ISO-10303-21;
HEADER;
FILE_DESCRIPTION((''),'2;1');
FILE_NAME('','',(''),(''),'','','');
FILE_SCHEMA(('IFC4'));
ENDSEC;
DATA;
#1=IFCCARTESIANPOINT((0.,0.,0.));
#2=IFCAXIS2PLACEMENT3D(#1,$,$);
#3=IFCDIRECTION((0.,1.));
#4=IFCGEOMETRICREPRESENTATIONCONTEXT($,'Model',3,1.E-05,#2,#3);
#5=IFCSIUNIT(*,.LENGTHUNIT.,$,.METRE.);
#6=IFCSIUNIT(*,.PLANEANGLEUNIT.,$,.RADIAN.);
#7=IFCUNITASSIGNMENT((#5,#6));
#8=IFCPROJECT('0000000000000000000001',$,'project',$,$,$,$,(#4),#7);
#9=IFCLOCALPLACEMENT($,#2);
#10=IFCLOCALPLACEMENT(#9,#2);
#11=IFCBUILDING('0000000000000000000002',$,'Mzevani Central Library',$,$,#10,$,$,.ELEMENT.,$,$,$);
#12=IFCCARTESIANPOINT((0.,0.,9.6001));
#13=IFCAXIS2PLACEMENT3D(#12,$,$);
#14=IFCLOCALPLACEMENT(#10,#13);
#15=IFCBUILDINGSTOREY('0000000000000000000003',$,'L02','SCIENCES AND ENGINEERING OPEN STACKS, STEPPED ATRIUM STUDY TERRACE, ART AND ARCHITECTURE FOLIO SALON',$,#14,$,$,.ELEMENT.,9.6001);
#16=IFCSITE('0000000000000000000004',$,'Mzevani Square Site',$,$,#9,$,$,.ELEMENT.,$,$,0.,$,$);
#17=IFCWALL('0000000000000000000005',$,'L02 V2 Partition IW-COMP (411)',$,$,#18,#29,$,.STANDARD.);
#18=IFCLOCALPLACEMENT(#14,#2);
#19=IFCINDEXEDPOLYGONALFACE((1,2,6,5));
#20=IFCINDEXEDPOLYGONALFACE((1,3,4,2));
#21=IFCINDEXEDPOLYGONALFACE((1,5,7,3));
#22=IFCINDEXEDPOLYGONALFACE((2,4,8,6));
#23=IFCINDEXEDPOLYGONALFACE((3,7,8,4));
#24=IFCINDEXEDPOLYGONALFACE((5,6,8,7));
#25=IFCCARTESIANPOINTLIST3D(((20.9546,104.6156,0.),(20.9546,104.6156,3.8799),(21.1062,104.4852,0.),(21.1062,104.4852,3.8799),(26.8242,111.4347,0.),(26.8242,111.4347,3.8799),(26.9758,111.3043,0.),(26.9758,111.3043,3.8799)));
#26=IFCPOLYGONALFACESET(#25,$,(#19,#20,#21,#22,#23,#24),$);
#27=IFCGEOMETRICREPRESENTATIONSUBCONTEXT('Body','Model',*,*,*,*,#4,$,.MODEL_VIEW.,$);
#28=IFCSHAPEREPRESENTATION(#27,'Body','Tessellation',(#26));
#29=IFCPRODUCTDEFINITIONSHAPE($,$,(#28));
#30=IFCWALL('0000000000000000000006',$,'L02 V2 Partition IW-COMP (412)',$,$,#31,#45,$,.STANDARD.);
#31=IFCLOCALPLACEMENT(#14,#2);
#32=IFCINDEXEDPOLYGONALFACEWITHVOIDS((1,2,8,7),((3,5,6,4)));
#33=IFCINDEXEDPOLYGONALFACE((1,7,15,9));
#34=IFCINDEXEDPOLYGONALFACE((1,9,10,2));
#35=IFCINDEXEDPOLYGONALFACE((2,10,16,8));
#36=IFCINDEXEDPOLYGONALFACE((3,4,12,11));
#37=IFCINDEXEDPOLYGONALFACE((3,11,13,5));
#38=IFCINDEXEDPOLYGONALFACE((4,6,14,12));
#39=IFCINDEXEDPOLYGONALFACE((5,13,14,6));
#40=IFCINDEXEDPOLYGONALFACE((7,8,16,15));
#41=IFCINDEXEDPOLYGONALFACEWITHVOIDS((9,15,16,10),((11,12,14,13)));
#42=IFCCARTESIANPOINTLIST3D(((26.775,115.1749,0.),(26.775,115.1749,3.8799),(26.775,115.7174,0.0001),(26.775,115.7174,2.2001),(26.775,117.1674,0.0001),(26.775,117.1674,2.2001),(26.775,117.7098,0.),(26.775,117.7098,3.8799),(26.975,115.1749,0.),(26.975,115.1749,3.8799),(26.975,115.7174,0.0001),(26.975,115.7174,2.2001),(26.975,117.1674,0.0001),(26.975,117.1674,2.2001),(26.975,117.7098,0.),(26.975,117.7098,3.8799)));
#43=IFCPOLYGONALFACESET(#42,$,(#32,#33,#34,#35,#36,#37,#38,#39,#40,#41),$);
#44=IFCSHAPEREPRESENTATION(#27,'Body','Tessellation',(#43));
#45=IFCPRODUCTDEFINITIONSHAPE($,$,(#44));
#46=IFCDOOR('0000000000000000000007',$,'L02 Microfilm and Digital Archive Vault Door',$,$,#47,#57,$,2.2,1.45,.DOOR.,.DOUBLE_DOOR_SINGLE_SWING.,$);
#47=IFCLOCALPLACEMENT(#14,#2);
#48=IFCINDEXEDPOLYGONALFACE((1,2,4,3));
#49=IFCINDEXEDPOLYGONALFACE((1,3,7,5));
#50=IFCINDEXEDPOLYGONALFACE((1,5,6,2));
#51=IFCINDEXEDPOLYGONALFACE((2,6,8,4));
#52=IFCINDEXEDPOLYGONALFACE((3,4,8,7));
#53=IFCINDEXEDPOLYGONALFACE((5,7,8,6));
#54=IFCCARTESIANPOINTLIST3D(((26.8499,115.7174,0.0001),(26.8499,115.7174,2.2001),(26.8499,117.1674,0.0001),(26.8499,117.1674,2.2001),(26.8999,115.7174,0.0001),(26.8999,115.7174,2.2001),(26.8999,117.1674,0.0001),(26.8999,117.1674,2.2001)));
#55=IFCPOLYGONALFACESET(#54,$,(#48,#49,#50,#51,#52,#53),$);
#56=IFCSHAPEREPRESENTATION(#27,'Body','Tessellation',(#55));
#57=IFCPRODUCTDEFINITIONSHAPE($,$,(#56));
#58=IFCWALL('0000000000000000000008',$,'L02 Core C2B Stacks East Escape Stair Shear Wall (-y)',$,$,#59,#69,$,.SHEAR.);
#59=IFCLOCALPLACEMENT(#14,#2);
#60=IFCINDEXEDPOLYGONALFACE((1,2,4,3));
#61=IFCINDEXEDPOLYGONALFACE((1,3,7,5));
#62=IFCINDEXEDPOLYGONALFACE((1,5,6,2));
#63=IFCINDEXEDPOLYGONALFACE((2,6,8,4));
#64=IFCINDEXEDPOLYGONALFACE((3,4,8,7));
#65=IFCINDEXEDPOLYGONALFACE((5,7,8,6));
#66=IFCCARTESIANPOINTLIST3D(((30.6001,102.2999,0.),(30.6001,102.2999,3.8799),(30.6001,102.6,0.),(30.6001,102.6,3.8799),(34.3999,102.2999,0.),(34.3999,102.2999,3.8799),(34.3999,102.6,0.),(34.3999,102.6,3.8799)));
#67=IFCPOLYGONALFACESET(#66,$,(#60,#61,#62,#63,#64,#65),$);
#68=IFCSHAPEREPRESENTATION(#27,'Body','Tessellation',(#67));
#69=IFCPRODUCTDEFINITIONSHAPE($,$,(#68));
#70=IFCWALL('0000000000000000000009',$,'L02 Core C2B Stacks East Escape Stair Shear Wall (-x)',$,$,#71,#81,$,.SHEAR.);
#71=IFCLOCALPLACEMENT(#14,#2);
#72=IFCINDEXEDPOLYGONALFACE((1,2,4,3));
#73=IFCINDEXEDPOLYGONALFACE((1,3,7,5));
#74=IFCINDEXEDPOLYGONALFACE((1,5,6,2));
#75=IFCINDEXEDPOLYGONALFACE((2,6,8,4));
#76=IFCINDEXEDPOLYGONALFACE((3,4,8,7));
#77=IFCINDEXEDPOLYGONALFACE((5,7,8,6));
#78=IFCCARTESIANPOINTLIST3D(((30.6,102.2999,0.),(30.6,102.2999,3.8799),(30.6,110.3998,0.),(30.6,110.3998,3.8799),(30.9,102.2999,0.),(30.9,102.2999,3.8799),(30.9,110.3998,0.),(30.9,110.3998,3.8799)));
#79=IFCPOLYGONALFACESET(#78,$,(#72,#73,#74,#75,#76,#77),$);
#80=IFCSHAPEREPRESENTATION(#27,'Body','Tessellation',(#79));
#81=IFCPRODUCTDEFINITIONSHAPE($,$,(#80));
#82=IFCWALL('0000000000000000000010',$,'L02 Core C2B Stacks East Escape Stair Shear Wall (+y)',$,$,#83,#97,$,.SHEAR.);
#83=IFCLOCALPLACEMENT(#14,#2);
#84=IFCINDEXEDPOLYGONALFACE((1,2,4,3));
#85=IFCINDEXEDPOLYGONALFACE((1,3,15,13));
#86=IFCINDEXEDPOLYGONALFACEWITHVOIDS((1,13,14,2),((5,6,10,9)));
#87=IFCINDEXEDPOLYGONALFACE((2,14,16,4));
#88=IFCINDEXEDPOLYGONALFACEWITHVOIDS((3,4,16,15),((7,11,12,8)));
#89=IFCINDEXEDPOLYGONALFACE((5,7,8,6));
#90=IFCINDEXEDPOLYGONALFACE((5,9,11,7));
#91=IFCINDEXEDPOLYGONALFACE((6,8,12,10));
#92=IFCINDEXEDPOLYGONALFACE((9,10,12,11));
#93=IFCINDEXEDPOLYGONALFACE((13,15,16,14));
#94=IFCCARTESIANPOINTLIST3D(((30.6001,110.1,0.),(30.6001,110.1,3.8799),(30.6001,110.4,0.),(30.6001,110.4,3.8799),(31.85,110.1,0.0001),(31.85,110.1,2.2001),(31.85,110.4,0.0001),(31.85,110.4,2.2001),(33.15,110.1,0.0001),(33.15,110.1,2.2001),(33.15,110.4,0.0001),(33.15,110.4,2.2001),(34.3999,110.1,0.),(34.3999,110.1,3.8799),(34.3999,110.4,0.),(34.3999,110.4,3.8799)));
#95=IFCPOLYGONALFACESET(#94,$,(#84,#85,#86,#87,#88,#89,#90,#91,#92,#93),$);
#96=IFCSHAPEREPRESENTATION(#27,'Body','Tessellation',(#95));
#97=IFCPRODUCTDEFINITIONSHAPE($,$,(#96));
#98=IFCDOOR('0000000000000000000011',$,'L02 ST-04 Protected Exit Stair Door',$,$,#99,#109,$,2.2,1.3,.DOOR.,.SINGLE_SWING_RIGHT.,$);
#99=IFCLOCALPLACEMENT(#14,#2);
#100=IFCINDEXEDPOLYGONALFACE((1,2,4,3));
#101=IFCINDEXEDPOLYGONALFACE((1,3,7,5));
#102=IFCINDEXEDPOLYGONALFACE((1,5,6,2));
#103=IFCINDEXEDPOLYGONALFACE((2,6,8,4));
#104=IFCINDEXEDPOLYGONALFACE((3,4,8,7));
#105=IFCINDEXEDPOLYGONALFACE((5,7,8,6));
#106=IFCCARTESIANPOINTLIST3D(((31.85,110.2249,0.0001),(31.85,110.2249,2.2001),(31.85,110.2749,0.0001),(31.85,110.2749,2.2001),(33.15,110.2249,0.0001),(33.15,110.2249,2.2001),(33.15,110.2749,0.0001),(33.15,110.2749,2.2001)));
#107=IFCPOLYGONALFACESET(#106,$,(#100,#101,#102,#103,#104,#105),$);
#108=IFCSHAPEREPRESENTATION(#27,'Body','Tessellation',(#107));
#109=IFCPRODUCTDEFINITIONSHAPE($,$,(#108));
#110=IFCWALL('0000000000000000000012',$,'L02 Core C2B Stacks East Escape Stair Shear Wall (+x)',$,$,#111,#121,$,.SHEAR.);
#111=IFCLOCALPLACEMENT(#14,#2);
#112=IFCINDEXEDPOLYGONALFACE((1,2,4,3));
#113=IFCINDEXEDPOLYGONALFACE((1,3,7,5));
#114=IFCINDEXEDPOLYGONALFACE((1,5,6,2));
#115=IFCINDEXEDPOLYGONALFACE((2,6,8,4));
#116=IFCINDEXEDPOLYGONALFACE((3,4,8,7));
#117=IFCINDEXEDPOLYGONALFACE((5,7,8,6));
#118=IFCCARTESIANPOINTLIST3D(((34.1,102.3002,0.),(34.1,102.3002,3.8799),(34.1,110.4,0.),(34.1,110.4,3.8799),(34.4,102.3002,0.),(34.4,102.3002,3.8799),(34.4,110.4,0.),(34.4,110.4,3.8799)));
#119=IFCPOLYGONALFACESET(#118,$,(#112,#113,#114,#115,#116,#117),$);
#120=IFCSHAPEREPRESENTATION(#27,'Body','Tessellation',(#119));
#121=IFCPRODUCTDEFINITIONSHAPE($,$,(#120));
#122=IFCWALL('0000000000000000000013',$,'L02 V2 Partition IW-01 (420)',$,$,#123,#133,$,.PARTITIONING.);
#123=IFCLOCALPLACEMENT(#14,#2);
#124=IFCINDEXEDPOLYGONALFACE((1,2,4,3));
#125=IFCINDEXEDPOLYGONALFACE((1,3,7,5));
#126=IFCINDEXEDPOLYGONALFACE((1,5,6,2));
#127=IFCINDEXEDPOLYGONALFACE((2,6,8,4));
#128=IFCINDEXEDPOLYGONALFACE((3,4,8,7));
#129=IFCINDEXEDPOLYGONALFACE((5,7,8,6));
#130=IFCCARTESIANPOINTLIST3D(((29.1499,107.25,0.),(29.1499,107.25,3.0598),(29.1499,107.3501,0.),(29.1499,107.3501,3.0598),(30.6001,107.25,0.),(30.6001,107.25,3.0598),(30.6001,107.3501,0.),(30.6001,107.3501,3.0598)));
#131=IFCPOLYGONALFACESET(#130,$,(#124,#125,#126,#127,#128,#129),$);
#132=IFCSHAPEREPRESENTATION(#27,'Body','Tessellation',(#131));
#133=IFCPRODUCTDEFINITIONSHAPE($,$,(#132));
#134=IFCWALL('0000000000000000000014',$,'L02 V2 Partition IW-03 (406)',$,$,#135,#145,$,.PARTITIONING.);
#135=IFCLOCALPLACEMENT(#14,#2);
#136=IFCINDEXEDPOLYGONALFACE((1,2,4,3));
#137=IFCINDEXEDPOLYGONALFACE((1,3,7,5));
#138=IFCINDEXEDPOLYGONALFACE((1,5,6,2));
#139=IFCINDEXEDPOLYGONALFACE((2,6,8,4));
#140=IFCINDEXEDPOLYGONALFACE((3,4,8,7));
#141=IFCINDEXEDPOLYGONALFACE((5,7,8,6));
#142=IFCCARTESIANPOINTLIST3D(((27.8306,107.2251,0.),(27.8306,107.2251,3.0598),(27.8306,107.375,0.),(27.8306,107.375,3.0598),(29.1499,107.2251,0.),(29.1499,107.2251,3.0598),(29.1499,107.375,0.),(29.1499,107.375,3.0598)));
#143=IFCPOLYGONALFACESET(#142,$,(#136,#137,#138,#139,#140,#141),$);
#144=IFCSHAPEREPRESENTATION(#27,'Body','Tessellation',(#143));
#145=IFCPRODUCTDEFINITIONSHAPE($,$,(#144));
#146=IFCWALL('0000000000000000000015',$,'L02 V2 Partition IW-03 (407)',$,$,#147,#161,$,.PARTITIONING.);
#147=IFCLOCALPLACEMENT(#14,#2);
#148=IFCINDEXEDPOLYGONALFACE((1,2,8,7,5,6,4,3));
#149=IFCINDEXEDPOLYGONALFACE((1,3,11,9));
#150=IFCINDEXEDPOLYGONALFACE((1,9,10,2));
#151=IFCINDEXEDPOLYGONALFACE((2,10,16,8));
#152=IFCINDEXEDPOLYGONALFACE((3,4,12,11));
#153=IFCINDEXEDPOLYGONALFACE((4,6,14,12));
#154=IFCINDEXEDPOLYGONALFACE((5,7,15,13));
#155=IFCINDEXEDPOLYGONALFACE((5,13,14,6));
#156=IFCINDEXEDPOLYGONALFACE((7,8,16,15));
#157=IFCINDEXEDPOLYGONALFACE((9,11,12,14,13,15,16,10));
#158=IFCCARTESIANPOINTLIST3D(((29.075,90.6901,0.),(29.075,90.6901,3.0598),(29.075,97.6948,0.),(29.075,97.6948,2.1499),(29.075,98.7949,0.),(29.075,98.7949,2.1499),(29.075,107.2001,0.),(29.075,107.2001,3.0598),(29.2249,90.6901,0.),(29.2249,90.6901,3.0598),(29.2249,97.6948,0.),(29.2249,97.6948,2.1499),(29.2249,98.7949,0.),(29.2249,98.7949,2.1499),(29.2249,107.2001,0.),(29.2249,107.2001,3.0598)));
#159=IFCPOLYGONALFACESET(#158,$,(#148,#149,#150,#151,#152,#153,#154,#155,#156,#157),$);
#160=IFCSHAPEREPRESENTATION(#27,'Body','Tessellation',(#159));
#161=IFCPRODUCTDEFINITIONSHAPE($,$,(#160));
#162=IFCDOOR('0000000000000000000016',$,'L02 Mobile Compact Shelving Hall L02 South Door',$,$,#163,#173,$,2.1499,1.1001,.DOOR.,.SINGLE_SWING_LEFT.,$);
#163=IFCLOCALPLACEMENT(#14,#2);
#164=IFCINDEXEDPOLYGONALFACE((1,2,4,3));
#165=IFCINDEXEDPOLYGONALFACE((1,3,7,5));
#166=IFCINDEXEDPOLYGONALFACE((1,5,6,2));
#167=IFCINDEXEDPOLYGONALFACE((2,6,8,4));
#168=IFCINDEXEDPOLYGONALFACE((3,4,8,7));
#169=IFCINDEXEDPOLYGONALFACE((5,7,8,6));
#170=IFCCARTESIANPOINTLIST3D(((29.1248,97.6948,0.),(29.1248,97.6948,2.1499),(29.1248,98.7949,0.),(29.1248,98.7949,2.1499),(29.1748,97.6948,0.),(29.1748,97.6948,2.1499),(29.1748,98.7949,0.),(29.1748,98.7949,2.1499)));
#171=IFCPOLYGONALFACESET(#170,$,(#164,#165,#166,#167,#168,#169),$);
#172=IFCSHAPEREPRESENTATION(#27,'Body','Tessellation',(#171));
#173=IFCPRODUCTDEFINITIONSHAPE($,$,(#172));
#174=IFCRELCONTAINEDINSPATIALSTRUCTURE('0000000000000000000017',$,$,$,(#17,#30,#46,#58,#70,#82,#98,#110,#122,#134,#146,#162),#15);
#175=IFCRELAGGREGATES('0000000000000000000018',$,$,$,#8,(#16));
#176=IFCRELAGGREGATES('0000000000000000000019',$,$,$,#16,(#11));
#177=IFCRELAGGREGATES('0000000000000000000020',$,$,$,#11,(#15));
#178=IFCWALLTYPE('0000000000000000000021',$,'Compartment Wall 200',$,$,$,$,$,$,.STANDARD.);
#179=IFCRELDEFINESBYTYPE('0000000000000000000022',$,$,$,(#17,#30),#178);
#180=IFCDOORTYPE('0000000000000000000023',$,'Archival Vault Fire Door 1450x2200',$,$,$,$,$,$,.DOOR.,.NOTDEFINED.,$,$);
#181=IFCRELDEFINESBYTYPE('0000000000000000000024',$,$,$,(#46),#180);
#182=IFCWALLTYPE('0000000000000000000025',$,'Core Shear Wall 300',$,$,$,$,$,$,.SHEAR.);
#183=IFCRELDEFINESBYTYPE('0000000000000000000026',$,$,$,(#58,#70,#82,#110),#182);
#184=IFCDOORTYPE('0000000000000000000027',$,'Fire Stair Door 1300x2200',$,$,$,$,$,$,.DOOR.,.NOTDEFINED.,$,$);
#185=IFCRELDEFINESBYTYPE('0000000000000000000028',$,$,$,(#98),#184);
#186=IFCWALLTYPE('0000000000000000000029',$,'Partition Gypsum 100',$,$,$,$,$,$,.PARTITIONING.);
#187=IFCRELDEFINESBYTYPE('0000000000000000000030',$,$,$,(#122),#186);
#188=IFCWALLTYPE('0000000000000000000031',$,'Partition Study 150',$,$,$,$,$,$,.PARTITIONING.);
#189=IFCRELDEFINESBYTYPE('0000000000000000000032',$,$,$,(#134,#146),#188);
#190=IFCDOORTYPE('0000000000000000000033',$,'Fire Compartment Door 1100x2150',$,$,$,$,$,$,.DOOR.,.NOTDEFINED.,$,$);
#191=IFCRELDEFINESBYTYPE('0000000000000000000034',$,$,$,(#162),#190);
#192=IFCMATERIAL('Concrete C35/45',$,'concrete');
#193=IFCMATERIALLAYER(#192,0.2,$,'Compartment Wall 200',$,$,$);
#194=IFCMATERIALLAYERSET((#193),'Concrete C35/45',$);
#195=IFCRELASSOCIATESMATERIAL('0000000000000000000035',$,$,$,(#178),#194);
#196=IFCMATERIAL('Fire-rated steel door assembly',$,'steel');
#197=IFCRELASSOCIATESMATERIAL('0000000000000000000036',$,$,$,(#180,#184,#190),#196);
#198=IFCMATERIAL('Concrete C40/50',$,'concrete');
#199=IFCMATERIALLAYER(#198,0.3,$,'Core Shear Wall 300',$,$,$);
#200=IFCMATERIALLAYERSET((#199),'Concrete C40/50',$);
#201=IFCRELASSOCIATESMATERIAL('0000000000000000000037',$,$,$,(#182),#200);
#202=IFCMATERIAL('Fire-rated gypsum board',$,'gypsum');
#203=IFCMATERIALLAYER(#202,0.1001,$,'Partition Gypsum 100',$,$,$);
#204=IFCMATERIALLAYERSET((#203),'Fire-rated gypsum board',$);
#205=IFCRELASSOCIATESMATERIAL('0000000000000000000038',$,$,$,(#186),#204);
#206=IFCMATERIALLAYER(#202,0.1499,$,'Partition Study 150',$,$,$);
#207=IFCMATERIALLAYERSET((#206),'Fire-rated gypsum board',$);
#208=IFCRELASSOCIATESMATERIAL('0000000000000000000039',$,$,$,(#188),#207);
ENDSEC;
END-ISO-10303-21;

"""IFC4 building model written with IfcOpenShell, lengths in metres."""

from ifc_helpers import new_model, si_unit, direction, frame, frame_2d, origin, place, context, subcontext, project, spatial, rectangle, extrude, material, layer, layer_set, type_object, element, fill, save


model = new_model("IFC4")

# Units and contexts
model_context = context("Model", 3, precision=1e-05, world=origin(), true_north=direction((0.0, 1.0)))
body_context = subcontext(model_context, "Body", "Model", "MODEL_VIEW")
ifc_project = project(units=[si_unit("LENGTHUNIT", "METRE"), si_unit("PLANEANGLEUNIT", "RADIAN")], contexts=[model_context])

# Site, building, storey
site_placement = place(None, origin())
site = spatial("IfcSite", under=ifc_project, at=site_placement, Name="Mzevani Square Site", CompositionType="ELEMENT", RefElevation=0.0)
building_placement = place(site_placement, origin())
building = spatial("IfcBuilding", under=site, at=building_placement, Name="Mzevani Central Library", CompositionType="ELEMENT")
storey_placement = place(building_placement, frame((0.0, 0.0, 9.6001)))
storey = spatial("IfcBuildingStorey", under=building, at=storey_placement, Name="L02", Description="SCIENCES AND ENGINEERING OPEN STACKS, STEPPED ATRIUM STUDY TERRACE, ART AND ARCHITECTURE FOLIO SALON", CompositionType="ELEMENT", Elevation=9.6001)

# Shared definitions
ifc_material_1 = material(Name="Concrete C40/50", Category="concrete")

# Shared definitions
ifc_material_2 = material(Name="Concrete C35/45", Category="concrete")

# Shared definitions
ifc_layer_1 = layer(ifc_material_2, 0.2, Name="Compartment Wall 200")
ifc_layer_set_1 = layer_set([ifc_layer_1], Name="Concrete C35/45")
wall_type_1 = type_object("IfcWallType", Name="Compartment Wall 200", PredefinedType="STANDARD", material=ifc_layer_set_1)

# Shared definitions
ifc_material_3 = material(Name="Fire-rated steel door assembly", Category="steel")

# Wall
wall_1_placement = place(storey_placement, frame((26.8999, 111.3694, 0.0), z_axis=(0.0, 0.0, 1.0), x_axis=(-0.652372, -0.757899, 0.0)))
element("IfcWall", 1, at=wall_1_placement, inside=storey, type_object=wall_type_1, Name="L02 V2 Partition IW-COMP (411)", PredefinedType="STANDARD", context=body_context, shape_type="SweptSolid", body=[
    extrude(rectangle(XDim=8.9973, YDim=0.2, at=frame_2d((4.4985, 0.0))), origin(), (0.0, 0.0, 1.0), 3.8799),
])

# Wall, opening, door
wall_2_placement = place(storey_placement, frame((26.875, 117.71, 0.0), z_axis=(0.0, 0.0, 1.0), x_axis=(0.0, -1.0, 0.0)))
wall_2 = element("IfcWall", 2, at=wall_2_placement, inside=storey, type_object=wall_type_1, Name="L02 V2 Partition IW-COMP (412)", PredefinedType="STANDARD", context=body_context, shape_type="SweptSolid", body=[
    extrude(rectangle(XDim=2.5349, YDim=0.2, at=frame_2d((1.2676, 0.0))), origin(), (0.0, 0.0, 1.0), 3.8799),
])
opening_1_placement = place(wall_2_placement, frame((0.5425, 0.0, 0.0)))
opening_1 = element("IfcOpeningElement", 3, at=opening_1_placement, cuts=wall_2, PredefinedType="OPENING", context=body_context, shape_type="SweptSolid", body=[
    extrude(rectangle(XDim=1.45, YDim=2.2, at=frame_2d((0.7251, 1.1001))), frame((0.0, 0.1099, 0.0), z_axis=(0.0, -1.0, 0.0), x_axis=(1.0, 0.0, 0.0)), (0.0, 0.0, 1.0), 0.22),
])
door_type_1 = type_object("IfcDoorType", Name="Archival Vault Fire Door 1450x2200", OperationType="NOTDEFINED", PredefinedType="DOOR", material=ifc_material_3)
door_1_placement = place(opening_1_placement, origin())
door_1 = element("IfcDoor", 4, at=door_1_placement, inside=storey, type_object=door_type_1, Name="L02 Microfilm and Digital Archive Vault Door", OperationType="DOUBLE_DOOR_SINGLE_SWING", OverallHeight=2.2, OverallWidth=1.45, PredefinedType="DOOR", context=body_context, shape_type="SweptSolid", body=[
    extrude(rectangle(XDim=1.45, YDim=2.2, at=frame_2d((0.7251, 1.1001))), frame((0.0, 0.0249, 0.0), z_axis=(0.0, -1.0, 0.0), x_axis=(1.0, 0.0, 0.0)), (0.0, 0.0, 1.0), 0.05),
])
fill(opening_1, door_1)

# Walls
ifc_layer_2 = layer(ifc_material_1, 0.3, Name="Core Shear Wall 300")
ifc_layer_set_2 = layer_set([ifc_layer_2], Name="Concrete C40/50")
wall_type_2 = type_object("IfcWallType", Name="Core Shear Wall 300", PredefinedType="SHEAR", material=ifc_layer_set_2)
wall_3_placement = place(storey_placement, frame((34.3999, 102.45, 0.0), z_axis=(0.0, 0.0, 1.0), x_axis=(-1.0, 0.0, 0.0)))
element("IfcWall", 5, at=wall_3_placement, inside=storey, type_object=wall_type_2, Name="L02 Core C2B Stacks East Escape Stair Shear Wall (-y)", PredefinedType="SHEAR", context=body_context, shape_type="SweptSolid", body=[
    extrude(rectangle(XDim=3.7998, YDim=0.3, at=frame_2d((1.8999, 0.0))), origin(), (0.0, 0.0, 1.0), 3.8799),
])
wall_4_placement = place(storey_placement, frame((30.75, 102.3, 0.0), z_axis=(0.0, 0.0, 1.0), x_axis=(0.0, 1.0, 0.0)))
element("IfcWall", 6, at=wall_4_placement, inside=storey, type_object=wall_type_2, Name="L02 Core C2B Stacks East Escape Stair Shear Wall (-x)", PredefinedType="SHEAR", context=body_context, shape_type="SweptSolid", body=[
    extrude(rectangle(XDim=8.0999, YDim=0.3, at=frame_2d((4.0498, 0.0))), origin(), (0.0, 0.0, 1.0), 3.8799),
])

# Wall, opening, door
wall_5_placement = place(storey_placement, frame((30.6001, 110.25, 0.0), z_axis=(0.0, 0.0, 1.0), x_axis=(1.0, 0.0, 0.0)))
wall_5 = element("IfcWall", 7, at=wall_5_placement, inside=storey, type_object=wall_type_2, Name="L02 Core C2B Stacks East Escape Stair Shear Wall (+y)", PredefinedType="SHEAR", context=body_context, shape_type="SweptSolid", body=[
    extrude(rectangle(XDim=3.7998, YDim=0.3, at=frame_2d((1.8999, 0.0))), origin(), (0.0, 0.0, 1.0), 3.8799),
])
opening_2_placement = place(wall_5_placement, frame((1.25, 0.0, 0.0)))
opening_2 = element("IfcOpeningElement", 8, at=opening_2_placement, cuts=wall_5, PredefinedType="OPENING", context=body_context, shape_type="SweptSolid", body=[
    extrude(rectangle(XDim=1.3, YDim=2.2, at=frame_2d((0.6499, 1.1001))), frame((0.0, 0.1602, 0.0), z_axis=(0.0, -1.0, 0.0), x_axis=(1.0, 0.0, 0.0)), (0.0, 0.0, 1.0), 0.3201),
])
door_type_2 = type_object("IfcDoorType", Name="Fire Stair Door 1300x2200", OperationType="NOTDEFINED", PredefinedType="DOOR", material=ifc_material_3)
door_2_placement = place(opening_2_placement, origin())
door_2 = element("IfcDoor", 9, at=door_2_placement, inside=storey, type_object=door_type_2, Name="L02 ST-04 Protected Exit Stair Door", OperationType="SINGLE_SWING_RIGHT", OverallHeight=2.2, OverallWidth=1.3, PredefinedType="DOOR", context=body_context, shape_type="SweptSolid", body=[
    extrude(rectangle(XDim=1.3, YDim=2.2, at=frame_2d((0.6499, 1.1001))), frame((0.0, 0.0249, 0.0), z_axis=(0.0, -1.0, 0.0), x_axis=(1.0, 0.0, 0.0)), (0.0, 0.0, 1.0), 0.05),
])
fill(opening_2, door_2)

# Walls
wall_6_placement = place(storey_placement, frame((34.25, 110.3999, 0.0), z_axis=(0.0, 0.0, 1.0), x_axis=(0.0, -1.0, 0.0)))
element("IfcWall", 10, at=wall_6_placement, inside=storey, type_object=wall_type_2, Name="L02 Core C2B Stacks East Escape Stair Shear Wall (+x)", PredefinedType="SHEAR", context=body_context, shape_type="SweptSolid", body=[
    extrude(rectangle(XDim=8.0999, YDim=0.3, at=frame_2d((4.0498, 0.0))), origin(), (0.0, 0.0, 1.0), 3.8799),
])
ifc_material_4 = material(Name="Fire-rated gypsum board", Category="gypsum")
ifc_layer_3 = layer(ifc_material_4, 0.1001, Name="Partition Gypsum 100")
ifc_layer_set_3 = layer_set([ifc_layer_3], Name="Fire-rated gypsum board")
wall_type_3 = type_object("IfcWallType", Name="Partition Gypsum 100", PredefinedType="PARTITIONING", material=ifc_layer_set_3)
wall_7_placement = place(storey_placement, frame((29.1499, 107.3, 0.0), z_axis=(0.0, 0.0, 1.0), x_axis=(1.0, 0.0, 0.0)))
element("IfcWall", 11, at=wall_7_placement, inside=storey, type_object=wall_type_3, Name="L02 V2 Partition IW-01 (420)", PredefinedType="PARTITIONING", context=body_context, shape_type="SweptSolid", body=[
    extrude(rectangle(XDim=1.4502, YDim=0.1001, at=frame_2d((0.7251, 0.0))), origin(), (0.0, 0.0, 1.0), 3.0598),
])
ifc_layer_4 = layer(ifc_material_4, 0.1499, Name="Partition Study 150")
ifc_layer_set_4 = layer_set([ifc_layer_4], Name="Fire-rated gypsum board")
wall_type_4 = type_object("IfcWallType", Name="Partition Study 150", PredefinedType="PARTITIONING", material=ifc_layer_set_4)
wall_8_placement = place(storey_placement, frame((27.8306, 107.3, 0.0), z_axis=(0.0, 0.0, 1.0), x_axis=(1.0, 0.0, 0.0)))
element("IfcWall", 12, at=wall_8_placement, inside=storey, type_object=wall_type_4, Name="L02 V2 Partition IW-03 (406)", PredefinedType="PARTITIONING", context=body_context, shape_type="SweptSolid", body=[
    extrude(rectangle(XDim=1.3193, YDim=0.1499, at=frame_2d((0.6597, 0.0))), origin(), (0.0, 0.0, 1.0), 3.0598),
])

# Wall, opening, door
wall_9_placement = place(storey_placement, frame((29.1499, 107.2, 0.0), z_axis=(0.0, 0.0, 1.0), x_axis=(0.0, -1.0, 0.0)))
wall_9 = element("IfcWall", 13, at=wall_9_placement, inside=storey, type_object=wall_type_4, Name="L02 V2 Partition IW-03 (407)", PredefinedType="PARTITIONING", context=body_context, shape_type="SweptSolid", body=[
    extrude(rectangle(XDim=16.51, YDim=0.1499, at=frame_2d((8.2549, 0.0))), origin(), (0.0, 0.0, 1.0), 3.0598),
])
opening_3_placement = place(wall_9_placement, frame((8.405, 0.0, 0.0)))
opening_3 = element("IfcOpeningElement", 14, at=opening_3_placement, cuts=wall_9, PredefinedType="OPENING", context=body_context, shape_type="SweptSolid", body=[
    extrude(rectangle(XDim=1.1001, YDim=2.1499, at=frame_2d((0.55, 1.075))), frame((0.0, 0.085, 0.0), z_axis=(0.0, -1.0, 0.0), x_axis=(1.0, 0.0, 0.0)), (0.0, 0.0, 1.0), 0.1699),
])
door_type_3 = type_object("IfcDoorType", Name="Fire Compartment Door 1100x2150", OperationType="NOTDEFINED", PredefinedType="DOOR", material=ifc_material_3)
door_3_placement = place(opening_3_placement, origin())
door_3 = element("IfcDoor", 15, at=door_3_placement, inside=storey, type_object=door_type_3, Name="L02 Mobile Compact Shelving Hall L02 South Door", OperationType="SINGLE_SWING_LEFT", OverallHeight=2.1499, OverallWidth=1.1001, PredefinedType="DOOR", context=body_context, shape_type="SweptSolid", body=[
    extrude(rectangle(XDim=1.1001, YDim=2.1499, at=frame_2d((0.55, 1.075))), frame((0.0, 0.0249, 0.0), z_axis=(0.0, -1.0, 0.0), x_axis=(1.0, 0.0, 0.0)), (0.0, 0.0, 1.0), 0.05),
])
fill(opening_3, door_3)

save(model, "model.ifc")
